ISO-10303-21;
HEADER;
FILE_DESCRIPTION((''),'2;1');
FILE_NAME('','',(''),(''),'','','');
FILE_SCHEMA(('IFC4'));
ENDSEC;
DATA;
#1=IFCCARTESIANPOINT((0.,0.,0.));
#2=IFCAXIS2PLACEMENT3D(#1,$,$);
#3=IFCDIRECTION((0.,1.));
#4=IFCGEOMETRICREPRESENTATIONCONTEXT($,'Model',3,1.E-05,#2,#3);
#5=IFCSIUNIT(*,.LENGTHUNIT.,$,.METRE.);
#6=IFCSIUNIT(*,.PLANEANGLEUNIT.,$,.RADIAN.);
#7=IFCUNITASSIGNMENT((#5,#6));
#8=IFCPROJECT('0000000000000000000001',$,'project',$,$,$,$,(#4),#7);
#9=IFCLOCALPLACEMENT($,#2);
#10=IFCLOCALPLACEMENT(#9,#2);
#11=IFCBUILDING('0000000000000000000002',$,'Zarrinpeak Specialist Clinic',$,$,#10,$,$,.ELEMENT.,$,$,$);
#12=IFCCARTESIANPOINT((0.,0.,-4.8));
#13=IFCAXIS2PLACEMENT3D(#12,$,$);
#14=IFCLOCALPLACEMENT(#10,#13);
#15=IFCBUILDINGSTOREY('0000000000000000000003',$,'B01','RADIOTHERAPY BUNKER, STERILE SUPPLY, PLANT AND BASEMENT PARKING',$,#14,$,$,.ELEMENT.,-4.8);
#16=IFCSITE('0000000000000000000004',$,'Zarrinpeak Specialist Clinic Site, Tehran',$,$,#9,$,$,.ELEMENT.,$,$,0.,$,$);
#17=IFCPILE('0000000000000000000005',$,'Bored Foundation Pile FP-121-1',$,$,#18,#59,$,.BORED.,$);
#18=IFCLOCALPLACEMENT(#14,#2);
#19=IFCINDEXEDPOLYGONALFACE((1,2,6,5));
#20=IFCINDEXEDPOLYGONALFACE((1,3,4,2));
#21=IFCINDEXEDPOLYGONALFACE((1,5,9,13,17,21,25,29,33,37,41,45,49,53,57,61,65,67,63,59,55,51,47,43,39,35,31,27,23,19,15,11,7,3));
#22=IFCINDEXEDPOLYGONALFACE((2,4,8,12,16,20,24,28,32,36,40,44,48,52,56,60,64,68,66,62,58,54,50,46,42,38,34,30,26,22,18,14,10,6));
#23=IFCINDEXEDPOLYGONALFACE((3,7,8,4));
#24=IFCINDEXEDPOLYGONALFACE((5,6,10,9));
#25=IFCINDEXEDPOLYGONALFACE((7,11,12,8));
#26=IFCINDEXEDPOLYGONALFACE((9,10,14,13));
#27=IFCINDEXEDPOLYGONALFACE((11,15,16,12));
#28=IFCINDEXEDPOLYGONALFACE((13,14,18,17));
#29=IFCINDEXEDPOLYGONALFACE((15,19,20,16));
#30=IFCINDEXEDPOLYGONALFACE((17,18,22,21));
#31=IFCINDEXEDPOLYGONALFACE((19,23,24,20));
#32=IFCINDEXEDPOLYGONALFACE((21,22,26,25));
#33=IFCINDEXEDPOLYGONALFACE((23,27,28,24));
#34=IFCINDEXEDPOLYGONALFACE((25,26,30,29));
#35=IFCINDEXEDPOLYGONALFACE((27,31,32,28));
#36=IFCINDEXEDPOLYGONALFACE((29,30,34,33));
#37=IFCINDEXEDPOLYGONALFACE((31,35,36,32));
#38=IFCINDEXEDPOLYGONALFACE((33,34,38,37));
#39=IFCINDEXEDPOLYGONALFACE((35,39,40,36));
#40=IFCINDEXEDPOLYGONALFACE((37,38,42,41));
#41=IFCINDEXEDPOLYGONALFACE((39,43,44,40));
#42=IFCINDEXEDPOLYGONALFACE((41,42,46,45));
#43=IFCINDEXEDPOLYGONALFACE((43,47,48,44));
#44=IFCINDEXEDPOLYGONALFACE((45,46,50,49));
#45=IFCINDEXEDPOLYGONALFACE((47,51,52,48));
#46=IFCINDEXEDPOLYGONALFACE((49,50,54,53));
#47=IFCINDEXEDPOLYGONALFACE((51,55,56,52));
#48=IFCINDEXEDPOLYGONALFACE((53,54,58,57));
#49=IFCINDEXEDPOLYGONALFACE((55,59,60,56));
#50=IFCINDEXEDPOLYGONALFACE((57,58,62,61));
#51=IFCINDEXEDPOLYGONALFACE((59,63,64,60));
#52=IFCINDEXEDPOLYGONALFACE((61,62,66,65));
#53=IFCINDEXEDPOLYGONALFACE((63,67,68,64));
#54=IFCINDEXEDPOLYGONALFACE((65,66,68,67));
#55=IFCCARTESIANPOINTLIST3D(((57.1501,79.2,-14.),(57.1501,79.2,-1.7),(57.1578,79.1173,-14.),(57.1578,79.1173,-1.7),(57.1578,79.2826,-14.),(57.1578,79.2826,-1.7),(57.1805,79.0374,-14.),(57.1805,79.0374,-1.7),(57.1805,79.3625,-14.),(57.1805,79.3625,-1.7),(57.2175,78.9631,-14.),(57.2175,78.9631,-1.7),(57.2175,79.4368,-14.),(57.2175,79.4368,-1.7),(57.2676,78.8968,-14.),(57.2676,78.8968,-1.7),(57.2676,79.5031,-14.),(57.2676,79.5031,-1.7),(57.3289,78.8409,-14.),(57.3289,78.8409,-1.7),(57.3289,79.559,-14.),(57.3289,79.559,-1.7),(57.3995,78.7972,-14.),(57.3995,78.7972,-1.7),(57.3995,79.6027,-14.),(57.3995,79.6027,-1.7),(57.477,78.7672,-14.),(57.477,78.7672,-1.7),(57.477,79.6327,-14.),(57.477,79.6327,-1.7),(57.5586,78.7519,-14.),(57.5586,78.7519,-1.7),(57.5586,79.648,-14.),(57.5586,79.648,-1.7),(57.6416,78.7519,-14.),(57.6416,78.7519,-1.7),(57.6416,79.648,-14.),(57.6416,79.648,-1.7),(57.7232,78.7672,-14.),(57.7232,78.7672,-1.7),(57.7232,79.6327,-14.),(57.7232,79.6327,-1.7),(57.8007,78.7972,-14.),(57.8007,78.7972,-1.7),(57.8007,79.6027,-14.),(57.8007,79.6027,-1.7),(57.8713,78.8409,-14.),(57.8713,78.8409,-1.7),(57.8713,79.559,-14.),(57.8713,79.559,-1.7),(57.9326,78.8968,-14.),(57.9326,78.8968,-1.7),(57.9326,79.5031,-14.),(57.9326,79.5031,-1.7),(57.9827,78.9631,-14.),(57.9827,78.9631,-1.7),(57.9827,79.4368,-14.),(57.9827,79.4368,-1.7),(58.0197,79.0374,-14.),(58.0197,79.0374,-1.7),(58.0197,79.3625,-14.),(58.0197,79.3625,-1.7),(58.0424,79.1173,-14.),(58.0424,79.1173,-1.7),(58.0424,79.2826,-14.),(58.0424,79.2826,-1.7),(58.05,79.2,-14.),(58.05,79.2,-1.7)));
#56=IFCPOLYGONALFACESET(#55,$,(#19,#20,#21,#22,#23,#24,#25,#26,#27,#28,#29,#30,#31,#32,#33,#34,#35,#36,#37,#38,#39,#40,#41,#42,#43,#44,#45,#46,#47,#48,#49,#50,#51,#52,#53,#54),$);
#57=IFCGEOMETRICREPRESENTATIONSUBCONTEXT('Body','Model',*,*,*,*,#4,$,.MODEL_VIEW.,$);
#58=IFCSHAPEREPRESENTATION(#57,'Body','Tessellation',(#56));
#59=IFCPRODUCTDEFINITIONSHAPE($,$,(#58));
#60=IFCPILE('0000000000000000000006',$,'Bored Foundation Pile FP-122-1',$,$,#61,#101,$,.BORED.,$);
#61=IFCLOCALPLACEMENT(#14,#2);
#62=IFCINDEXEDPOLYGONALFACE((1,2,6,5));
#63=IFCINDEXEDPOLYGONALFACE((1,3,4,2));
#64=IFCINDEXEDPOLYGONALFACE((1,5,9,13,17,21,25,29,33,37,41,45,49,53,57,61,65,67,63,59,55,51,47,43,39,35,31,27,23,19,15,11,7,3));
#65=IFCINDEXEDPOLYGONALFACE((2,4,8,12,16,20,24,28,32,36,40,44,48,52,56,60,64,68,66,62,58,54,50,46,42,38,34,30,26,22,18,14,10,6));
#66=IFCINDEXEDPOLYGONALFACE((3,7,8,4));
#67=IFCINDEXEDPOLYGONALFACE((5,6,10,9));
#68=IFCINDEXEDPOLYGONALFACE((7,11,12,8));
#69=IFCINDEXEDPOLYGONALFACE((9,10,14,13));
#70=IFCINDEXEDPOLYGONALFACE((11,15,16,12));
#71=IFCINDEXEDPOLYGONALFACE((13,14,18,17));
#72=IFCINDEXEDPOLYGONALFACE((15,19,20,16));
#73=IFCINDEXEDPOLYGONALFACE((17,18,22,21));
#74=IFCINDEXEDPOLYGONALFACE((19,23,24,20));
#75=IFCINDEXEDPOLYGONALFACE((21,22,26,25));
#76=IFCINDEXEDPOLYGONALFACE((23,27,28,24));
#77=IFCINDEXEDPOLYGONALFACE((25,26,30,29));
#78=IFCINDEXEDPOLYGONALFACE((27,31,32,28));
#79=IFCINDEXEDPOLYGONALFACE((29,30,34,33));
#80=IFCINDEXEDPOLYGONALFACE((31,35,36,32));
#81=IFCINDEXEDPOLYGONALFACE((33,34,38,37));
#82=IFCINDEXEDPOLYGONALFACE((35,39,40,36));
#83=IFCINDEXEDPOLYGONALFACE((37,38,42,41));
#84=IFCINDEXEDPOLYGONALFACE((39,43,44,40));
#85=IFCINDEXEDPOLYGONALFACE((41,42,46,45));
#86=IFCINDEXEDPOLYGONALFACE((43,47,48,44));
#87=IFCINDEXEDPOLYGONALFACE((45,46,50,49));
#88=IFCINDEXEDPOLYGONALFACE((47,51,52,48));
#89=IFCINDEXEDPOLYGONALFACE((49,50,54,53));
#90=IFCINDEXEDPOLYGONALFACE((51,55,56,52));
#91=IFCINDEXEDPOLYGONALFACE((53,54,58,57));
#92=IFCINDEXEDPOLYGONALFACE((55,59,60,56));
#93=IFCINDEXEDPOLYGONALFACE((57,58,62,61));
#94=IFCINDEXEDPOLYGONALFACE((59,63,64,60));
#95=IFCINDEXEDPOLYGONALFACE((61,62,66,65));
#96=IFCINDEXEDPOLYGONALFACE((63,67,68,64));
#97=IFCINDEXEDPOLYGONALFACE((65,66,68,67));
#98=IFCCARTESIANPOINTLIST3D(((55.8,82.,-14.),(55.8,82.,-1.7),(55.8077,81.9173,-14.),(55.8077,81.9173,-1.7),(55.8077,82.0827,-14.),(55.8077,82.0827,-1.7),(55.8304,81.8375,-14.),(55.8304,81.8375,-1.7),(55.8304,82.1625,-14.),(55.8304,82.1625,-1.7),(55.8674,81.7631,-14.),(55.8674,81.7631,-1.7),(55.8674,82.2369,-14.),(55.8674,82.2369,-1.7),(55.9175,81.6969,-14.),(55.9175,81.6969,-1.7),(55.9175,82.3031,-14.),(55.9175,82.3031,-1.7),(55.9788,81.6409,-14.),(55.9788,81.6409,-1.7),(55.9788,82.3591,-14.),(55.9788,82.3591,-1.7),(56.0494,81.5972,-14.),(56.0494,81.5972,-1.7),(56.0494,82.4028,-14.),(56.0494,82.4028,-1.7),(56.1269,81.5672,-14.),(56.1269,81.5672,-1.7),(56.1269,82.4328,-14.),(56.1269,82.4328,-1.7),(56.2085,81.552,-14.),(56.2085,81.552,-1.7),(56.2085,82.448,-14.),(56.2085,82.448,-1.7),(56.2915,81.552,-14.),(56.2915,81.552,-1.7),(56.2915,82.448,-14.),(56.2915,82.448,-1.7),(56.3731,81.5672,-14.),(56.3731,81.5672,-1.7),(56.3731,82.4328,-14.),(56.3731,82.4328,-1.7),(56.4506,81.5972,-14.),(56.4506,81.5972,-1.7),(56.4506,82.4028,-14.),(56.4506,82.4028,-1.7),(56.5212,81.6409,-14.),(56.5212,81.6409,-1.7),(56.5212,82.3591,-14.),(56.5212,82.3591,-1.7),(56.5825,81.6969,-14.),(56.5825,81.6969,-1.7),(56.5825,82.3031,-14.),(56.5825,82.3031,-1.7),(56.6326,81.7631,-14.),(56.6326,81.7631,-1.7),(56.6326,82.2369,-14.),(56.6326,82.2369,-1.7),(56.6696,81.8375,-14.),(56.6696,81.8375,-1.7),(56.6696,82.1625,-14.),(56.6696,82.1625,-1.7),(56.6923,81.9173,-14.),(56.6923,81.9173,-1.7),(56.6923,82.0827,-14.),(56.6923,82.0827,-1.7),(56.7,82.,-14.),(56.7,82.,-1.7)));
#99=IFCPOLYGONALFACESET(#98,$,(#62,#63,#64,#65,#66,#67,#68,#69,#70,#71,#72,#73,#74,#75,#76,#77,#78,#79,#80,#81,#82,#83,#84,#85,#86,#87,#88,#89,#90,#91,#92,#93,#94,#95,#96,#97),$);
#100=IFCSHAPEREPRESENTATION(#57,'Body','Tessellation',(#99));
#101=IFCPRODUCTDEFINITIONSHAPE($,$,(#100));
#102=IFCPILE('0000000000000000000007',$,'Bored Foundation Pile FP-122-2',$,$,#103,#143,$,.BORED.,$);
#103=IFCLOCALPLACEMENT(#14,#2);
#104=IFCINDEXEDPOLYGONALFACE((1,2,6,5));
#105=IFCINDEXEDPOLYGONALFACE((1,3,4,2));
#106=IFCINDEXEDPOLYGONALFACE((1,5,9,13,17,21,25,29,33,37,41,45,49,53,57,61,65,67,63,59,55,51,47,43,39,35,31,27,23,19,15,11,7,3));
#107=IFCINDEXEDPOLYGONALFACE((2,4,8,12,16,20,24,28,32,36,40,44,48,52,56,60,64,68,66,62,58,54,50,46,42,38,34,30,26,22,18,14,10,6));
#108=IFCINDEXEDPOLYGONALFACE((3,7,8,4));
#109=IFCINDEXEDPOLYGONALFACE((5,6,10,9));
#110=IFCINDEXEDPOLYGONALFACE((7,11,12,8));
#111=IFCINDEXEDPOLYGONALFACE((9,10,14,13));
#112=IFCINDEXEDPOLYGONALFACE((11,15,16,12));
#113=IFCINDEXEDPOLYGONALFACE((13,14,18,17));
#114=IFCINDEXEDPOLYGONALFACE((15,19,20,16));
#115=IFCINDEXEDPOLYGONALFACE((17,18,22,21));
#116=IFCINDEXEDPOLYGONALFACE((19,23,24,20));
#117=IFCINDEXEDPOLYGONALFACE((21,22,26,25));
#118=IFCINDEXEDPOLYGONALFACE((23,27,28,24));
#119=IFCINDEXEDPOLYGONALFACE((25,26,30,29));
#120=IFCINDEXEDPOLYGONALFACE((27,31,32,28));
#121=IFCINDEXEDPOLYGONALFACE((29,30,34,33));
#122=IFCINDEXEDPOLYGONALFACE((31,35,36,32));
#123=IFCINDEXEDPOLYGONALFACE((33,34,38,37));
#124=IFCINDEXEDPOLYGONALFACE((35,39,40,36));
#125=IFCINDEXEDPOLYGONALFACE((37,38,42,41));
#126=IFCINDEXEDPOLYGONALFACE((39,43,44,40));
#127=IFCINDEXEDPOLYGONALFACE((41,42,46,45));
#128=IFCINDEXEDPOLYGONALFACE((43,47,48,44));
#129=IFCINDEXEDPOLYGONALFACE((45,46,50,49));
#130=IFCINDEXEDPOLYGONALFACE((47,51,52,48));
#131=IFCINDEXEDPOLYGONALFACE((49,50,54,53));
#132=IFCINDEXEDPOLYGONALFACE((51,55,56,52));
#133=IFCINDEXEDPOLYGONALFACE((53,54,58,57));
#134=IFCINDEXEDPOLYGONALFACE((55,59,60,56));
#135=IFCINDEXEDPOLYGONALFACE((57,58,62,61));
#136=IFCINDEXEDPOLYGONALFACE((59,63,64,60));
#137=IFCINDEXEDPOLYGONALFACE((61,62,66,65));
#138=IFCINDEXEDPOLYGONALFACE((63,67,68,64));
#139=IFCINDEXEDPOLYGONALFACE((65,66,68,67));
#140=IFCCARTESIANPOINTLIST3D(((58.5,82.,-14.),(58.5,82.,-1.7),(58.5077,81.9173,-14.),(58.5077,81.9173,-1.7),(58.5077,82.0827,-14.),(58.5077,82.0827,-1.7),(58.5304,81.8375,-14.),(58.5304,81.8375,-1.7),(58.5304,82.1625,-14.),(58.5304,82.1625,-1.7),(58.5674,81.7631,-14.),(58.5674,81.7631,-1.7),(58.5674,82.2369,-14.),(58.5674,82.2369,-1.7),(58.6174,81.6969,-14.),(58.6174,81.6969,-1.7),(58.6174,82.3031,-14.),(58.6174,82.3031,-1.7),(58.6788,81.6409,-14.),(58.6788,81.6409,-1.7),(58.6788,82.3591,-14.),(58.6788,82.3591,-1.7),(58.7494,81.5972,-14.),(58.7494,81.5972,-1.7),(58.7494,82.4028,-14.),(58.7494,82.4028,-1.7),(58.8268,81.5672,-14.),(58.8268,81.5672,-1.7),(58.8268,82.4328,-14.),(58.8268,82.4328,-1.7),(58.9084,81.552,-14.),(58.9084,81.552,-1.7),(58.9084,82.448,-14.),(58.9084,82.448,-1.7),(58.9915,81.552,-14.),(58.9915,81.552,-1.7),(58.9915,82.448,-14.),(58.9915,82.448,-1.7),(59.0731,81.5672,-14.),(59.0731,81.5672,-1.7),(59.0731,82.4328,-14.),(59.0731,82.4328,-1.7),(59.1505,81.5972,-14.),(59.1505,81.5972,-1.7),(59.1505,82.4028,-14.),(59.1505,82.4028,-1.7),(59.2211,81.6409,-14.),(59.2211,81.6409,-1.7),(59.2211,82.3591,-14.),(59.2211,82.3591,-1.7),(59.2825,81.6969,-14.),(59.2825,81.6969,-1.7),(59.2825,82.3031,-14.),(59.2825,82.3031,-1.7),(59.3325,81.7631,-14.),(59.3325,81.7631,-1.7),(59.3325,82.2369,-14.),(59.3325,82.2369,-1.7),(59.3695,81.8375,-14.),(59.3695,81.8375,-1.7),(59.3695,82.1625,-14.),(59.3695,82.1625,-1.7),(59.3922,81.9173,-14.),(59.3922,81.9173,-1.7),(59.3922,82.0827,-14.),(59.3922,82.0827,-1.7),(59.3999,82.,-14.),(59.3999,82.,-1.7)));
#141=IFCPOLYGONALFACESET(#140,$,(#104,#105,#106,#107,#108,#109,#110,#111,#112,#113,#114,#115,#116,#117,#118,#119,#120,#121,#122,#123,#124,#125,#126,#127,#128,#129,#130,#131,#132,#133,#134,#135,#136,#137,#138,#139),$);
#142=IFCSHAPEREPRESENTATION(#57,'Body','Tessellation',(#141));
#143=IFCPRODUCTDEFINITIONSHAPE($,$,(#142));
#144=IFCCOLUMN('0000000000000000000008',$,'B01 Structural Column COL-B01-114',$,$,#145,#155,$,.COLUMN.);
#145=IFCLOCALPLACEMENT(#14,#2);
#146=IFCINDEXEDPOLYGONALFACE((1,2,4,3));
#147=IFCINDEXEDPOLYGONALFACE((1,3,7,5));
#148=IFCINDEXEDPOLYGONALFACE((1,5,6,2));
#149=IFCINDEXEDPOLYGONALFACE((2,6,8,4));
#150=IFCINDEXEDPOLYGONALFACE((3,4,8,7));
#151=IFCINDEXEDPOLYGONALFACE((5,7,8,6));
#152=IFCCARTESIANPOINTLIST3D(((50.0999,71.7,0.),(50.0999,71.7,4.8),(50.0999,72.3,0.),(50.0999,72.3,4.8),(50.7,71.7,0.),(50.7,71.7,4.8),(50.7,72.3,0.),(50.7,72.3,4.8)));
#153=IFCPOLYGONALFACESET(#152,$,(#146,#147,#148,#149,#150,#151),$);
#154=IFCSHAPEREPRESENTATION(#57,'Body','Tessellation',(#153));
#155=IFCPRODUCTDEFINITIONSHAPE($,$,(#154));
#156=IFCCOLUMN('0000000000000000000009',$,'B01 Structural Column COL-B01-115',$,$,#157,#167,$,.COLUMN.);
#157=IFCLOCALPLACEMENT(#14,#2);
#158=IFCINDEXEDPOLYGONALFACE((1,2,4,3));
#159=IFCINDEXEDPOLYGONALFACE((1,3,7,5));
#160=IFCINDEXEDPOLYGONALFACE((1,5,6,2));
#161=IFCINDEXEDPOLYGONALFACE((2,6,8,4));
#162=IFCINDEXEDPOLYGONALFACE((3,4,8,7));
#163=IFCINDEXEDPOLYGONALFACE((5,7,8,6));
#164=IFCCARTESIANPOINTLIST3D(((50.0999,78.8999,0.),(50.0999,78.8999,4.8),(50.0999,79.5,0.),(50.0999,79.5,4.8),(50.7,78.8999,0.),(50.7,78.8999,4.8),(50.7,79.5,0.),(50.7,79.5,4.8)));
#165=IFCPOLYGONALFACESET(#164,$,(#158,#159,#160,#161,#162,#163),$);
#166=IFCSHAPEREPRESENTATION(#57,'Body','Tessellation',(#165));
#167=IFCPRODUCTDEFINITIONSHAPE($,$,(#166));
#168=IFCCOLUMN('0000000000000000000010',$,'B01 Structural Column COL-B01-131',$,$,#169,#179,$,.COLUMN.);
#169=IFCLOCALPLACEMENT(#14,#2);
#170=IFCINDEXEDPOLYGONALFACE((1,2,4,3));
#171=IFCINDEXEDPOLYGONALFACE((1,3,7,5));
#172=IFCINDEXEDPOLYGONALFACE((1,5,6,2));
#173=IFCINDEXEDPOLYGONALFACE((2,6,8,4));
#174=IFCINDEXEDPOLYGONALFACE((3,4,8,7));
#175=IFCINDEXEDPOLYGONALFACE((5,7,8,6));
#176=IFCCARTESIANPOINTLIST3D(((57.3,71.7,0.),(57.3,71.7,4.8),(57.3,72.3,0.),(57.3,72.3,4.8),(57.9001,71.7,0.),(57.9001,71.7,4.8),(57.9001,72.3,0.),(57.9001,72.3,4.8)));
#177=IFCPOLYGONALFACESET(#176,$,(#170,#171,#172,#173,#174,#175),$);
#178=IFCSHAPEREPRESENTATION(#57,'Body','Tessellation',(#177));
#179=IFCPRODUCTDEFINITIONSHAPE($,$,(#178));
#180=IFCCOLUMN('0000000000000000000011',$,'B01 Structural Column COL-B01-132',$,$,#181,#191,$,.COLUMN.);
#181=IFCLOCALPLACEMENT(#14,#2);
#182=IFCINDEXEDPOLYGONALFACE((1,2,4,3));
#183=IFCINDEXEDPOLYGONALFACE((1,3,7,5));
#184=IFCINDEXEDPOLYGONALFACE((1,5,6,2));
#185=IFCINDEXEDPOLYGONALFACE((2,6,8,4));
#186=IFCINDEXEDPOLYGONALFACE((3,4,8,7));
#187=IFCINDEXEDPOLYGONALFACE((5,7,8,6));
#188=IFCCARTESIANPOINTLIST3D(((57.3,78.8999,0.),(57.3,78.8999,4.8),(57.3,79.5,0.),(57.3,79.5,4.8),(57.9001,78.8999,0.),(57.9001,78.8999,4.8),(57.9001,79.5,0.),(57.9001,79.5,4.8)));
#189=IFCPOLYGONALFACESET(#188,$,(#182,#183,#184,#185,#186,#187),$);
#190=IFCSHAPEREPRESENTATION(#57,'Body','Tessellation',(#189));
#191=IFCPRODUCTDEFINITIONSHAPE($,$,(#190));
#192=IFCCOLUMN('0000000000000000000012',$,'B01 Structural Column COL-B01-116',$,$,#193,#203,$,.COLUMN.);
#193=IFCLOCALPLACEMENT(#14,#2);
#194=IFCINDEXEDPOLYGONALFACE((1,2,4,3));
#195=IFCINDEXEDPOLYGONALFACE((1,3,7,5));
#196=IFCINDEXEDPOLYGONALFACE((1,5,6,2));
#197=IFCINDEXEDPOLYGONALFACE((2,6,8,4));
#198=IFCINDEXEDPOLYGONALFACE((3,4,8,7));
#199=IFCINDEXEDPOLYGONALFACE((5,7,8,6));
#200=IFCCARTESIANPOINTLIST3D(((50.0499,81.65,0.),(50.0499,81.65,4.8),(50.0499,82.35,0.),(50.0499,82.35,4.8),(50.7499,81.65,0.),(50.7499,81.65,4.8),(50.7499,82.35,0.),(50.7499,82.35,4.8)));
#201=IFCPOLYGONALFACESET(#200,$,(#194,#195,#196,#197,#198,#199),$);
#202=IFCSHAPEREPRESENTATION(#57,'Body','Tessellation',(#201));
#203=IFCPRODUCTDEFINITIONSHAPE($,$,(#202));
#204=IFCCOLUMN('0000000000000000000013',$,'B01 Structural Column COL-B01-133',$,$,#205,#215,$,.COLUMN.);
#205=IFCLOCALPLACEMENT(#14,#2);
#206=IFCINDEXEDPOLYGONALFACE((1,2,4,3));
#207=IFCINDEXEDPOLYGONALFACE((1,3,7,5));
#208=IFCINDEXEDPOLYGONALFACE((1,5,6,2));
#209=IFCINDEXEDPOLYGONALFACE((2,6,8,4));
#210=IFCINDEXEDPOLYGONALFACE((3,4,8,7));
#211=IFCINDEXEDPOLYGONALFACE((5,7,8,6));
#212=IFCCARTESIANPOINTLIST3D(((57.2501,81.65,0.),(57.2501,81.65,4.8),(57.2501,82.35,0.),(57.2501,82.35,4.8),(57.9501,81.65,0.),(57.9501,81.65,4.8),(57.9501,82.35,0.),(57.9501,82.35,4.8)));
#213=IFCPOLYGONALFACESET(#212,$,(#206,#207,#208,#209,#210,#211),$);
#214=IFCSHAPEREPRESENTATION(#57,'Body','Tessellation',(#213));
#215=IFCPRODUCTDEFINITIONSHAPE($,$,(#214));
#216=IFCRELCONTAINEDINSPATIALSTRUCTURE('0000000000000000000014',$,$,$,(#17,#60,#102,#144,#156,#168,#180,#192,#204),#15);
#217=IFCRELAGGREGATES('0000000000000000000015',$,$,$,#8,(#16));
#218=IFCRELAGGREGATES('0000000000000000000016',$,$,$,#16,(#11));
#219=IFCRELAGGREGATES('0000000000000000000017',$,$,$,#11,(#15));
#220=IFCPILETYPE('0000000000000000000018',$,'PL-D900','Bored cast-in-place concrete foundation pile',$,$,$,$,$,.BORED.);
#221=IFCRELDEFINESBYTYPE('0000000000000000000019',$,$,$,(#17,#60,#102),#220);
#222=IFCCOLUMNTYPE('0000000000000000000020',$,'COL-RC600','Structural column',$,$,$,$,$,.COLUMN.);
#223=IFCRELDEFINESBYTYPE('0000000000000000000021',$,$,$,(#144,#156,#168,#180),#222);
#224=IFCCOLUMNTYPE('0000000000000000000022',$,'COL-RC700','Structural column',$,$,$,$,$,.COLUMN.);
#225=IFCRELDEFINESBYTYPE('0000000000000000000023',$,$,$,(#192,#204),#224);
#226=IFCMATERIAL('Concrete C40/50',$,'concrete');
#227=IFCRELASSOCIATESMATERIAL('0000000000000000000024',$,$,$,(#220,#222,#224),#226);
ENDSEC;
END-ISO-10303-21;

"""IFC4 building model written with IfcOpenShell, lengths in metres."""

from ifc_helpers import new_model, si_unit, direction, frame, origin, origin_2d, place, context, subcontext, project, spatial, rectangle, circle, extrude, material, material_profile, profile_set, type_object, element, save


model = new_model("IFC4")

# Units and contexts
model_context = context("Model", 3, precision=1e-05, world=origin(), true_north=direction((0.0, 1.0)))
body_context = subcontext(model_context, "Body", "Model", "MODEL_VIEW")
ifc_project = project(units=[si_unit("LENGTHUNIT", "METRE"), si_unit("PLANEANGLEUNIT", "RADIAN")], contexts=[model_context])

# Site, building, storey
site_placement = place(None, origin())
site = spatial("IfcSite", under=ifc_project, at=site_placement, Name="Zarrinpeak Specialist Clinic Site, Tehran", CompositionType="ELEMENT", RefElevation=0.0)
building_placement = place(site_placement, origin())
building = spatial("IfcBuilding", under=site, at=building_placement, Name="Zarrinpeak Specialist Clinic", CompositionType="ELEMENT")
storey_placement = place(building_placement, frame((0.0, 0.0, -4.8)))
storey = spatial("IfcBuildingStorey", under=building, at=storey_placement, Name="B01", Description="RADIOTHERAPY BUNKER, STERILE SUPPLY, PLANT AND BASEMENT PARKING", CompositionType="ELEMENT", Elevation=-4.8)

# Shared definitions
ifc_material_1 = material(Name="Concrete C40/50", Category="concrete")

# Piles
ifc_material_profile_1 = material_profile(ifc_material_1, circle(Radius=0.45, at=origin_2d()), Name="BORED PILE D900")
ifc_profile_set_1 = profile_set([ifc_material_profile_1], Name="Concrete C40/50")
pile_type = type_object("IfcPileType", Name="PL-D900", Description="Bored cast-in-place concrete foundation pile", PredefinedType="BORED", material=ifc_profile_set_1)
for number, where, z_axis, x_axis, name in (
    (1, (57.6001, 79.2, -1.7), (0.0, 0.0, -1.0), (1.0, 0.0, 0.0), "Bored Foundation Pile FP-121-1"),
    (2, (56.25, 82.0, -1.7), (0.0, 0.0, -1.0), (1.0, 0.0, 0.0), "Bored Foundation Pile FP-122-1"),
    (3, (58.95, 82.0, -1.7), (0.0, 0.0, -1.0), (1.0, 0.0, 0.0), "Bored Foundation Pile FP-122-2"),
):
    element("IfcPile", number, at=place(storey_placement, frame(where, z_axis=z_axis, x_axis=x_axis)), inside=storey, type_object=pile_type, Name=name, PredefinedType="BORED", context=body_context, shape_type="SweptSolid", body=[
        extrude(circle(Radius=0.45, at=origin_2d()), origin(), (0.0, 0.0, 1.0), 12.3),
    ])

# Columns
ifc_material_profile_2 = material_profile(ifc_material_1, rectangle(XDim=0.6001, YDim=0.6001, at=origin_2d()), Name="RC 600x600")
ifc_profile_set_2 = profile_set([ifc_material_profile_2], Name="Concrete C40/50")
column_type_1 = type_object("IfcColumnType", Name="COL-RC600", Description="Structural column", PredefinedType="COLUMN", material=ifc_profile_set_2)
for number, where, z_axis, x_axis, name in (
    (4, (50.3999, 72.0, 0.0), (0.0, 0.0, 1.0), (1.0, 0.0, 0.0), "B01 Structural Column COL-B01-114"),
    (5, (50.3999, 79.2, 0.0), (0.0, 0.0, 1.0), (1.0, 0.0, 0.0), "B01 Structural Column COL-B01-115"),
    (6, (57.6001, 72.0, 0.0), (0.0, 0.0, 1.0), (1.0, 0.0, 0.0), "B01 Structural Column COL-B01-131"),
    (7, (57.6001, 79.2, 0.0), (0.0, 0.0, 1.0), (1.0, 0.0, 0.0), "B01 Structural Column COL-B01-132"),
):
    element("IfcColumn", number, at=place(storey_placement, frame(where, z_axis=z_axis, x_axis=x_axis)), inside=storey, type_object=column_type_1, Name=name, PredefinedType="COLUMN", context=body_context, shape_type="SweptSolid", body=[
        extrude(rectangle(XDim=0.6001, YDim=0.6001, at=origin_2d()), origin(), (0.0, 0.0, 1.0), 4.8),
    ])
ifc_material_profile_3 = material_profile(ifc_material_1, rectangle(XDim=0.7, YDim=0.7, at=origin_2d()), Name="RC 700x700")
ifc_profile_set_3 = profile_set([ifc_material_profile_3], Name="Concrete C40/50")
column_type_2 = type_object("IfcColumnType", Name="COL-RC700", Description="Structural column", PredefinedType="COLUMN", material=ifc_profile_set_3)
for number, where, z_axis, x_axis, name in (
    (8, (50.3999, 82.0, 0.0), (0.0, 0.0, 1.0), (1.0, 0.0, 0.0), "B01 Structural Column COL-B01-116"),
    (9, (57.6001, 82.0, 0.0), (0.0, 0.0, 1.0), (1.0, 0.0, 0.0), "B01 Structural Column COL-B01-133"),
):
    element("IfcColumn", number, at=place(storey_placement, frame(where, z_axis=z_axis, x_axis=x_axis)), inside=storey, type_object=column_type_2, Name=name, PredefinedType="COLUMN", context=body_context, shape_type="SweptSolid", body=[
        extrude(rectangle(XDim=0.7, YDim=0.7, at=origin_2d()), origin(), (0.0, 0.0, 1.0), 4.8),
    ])

save(model, "model.ifc")
